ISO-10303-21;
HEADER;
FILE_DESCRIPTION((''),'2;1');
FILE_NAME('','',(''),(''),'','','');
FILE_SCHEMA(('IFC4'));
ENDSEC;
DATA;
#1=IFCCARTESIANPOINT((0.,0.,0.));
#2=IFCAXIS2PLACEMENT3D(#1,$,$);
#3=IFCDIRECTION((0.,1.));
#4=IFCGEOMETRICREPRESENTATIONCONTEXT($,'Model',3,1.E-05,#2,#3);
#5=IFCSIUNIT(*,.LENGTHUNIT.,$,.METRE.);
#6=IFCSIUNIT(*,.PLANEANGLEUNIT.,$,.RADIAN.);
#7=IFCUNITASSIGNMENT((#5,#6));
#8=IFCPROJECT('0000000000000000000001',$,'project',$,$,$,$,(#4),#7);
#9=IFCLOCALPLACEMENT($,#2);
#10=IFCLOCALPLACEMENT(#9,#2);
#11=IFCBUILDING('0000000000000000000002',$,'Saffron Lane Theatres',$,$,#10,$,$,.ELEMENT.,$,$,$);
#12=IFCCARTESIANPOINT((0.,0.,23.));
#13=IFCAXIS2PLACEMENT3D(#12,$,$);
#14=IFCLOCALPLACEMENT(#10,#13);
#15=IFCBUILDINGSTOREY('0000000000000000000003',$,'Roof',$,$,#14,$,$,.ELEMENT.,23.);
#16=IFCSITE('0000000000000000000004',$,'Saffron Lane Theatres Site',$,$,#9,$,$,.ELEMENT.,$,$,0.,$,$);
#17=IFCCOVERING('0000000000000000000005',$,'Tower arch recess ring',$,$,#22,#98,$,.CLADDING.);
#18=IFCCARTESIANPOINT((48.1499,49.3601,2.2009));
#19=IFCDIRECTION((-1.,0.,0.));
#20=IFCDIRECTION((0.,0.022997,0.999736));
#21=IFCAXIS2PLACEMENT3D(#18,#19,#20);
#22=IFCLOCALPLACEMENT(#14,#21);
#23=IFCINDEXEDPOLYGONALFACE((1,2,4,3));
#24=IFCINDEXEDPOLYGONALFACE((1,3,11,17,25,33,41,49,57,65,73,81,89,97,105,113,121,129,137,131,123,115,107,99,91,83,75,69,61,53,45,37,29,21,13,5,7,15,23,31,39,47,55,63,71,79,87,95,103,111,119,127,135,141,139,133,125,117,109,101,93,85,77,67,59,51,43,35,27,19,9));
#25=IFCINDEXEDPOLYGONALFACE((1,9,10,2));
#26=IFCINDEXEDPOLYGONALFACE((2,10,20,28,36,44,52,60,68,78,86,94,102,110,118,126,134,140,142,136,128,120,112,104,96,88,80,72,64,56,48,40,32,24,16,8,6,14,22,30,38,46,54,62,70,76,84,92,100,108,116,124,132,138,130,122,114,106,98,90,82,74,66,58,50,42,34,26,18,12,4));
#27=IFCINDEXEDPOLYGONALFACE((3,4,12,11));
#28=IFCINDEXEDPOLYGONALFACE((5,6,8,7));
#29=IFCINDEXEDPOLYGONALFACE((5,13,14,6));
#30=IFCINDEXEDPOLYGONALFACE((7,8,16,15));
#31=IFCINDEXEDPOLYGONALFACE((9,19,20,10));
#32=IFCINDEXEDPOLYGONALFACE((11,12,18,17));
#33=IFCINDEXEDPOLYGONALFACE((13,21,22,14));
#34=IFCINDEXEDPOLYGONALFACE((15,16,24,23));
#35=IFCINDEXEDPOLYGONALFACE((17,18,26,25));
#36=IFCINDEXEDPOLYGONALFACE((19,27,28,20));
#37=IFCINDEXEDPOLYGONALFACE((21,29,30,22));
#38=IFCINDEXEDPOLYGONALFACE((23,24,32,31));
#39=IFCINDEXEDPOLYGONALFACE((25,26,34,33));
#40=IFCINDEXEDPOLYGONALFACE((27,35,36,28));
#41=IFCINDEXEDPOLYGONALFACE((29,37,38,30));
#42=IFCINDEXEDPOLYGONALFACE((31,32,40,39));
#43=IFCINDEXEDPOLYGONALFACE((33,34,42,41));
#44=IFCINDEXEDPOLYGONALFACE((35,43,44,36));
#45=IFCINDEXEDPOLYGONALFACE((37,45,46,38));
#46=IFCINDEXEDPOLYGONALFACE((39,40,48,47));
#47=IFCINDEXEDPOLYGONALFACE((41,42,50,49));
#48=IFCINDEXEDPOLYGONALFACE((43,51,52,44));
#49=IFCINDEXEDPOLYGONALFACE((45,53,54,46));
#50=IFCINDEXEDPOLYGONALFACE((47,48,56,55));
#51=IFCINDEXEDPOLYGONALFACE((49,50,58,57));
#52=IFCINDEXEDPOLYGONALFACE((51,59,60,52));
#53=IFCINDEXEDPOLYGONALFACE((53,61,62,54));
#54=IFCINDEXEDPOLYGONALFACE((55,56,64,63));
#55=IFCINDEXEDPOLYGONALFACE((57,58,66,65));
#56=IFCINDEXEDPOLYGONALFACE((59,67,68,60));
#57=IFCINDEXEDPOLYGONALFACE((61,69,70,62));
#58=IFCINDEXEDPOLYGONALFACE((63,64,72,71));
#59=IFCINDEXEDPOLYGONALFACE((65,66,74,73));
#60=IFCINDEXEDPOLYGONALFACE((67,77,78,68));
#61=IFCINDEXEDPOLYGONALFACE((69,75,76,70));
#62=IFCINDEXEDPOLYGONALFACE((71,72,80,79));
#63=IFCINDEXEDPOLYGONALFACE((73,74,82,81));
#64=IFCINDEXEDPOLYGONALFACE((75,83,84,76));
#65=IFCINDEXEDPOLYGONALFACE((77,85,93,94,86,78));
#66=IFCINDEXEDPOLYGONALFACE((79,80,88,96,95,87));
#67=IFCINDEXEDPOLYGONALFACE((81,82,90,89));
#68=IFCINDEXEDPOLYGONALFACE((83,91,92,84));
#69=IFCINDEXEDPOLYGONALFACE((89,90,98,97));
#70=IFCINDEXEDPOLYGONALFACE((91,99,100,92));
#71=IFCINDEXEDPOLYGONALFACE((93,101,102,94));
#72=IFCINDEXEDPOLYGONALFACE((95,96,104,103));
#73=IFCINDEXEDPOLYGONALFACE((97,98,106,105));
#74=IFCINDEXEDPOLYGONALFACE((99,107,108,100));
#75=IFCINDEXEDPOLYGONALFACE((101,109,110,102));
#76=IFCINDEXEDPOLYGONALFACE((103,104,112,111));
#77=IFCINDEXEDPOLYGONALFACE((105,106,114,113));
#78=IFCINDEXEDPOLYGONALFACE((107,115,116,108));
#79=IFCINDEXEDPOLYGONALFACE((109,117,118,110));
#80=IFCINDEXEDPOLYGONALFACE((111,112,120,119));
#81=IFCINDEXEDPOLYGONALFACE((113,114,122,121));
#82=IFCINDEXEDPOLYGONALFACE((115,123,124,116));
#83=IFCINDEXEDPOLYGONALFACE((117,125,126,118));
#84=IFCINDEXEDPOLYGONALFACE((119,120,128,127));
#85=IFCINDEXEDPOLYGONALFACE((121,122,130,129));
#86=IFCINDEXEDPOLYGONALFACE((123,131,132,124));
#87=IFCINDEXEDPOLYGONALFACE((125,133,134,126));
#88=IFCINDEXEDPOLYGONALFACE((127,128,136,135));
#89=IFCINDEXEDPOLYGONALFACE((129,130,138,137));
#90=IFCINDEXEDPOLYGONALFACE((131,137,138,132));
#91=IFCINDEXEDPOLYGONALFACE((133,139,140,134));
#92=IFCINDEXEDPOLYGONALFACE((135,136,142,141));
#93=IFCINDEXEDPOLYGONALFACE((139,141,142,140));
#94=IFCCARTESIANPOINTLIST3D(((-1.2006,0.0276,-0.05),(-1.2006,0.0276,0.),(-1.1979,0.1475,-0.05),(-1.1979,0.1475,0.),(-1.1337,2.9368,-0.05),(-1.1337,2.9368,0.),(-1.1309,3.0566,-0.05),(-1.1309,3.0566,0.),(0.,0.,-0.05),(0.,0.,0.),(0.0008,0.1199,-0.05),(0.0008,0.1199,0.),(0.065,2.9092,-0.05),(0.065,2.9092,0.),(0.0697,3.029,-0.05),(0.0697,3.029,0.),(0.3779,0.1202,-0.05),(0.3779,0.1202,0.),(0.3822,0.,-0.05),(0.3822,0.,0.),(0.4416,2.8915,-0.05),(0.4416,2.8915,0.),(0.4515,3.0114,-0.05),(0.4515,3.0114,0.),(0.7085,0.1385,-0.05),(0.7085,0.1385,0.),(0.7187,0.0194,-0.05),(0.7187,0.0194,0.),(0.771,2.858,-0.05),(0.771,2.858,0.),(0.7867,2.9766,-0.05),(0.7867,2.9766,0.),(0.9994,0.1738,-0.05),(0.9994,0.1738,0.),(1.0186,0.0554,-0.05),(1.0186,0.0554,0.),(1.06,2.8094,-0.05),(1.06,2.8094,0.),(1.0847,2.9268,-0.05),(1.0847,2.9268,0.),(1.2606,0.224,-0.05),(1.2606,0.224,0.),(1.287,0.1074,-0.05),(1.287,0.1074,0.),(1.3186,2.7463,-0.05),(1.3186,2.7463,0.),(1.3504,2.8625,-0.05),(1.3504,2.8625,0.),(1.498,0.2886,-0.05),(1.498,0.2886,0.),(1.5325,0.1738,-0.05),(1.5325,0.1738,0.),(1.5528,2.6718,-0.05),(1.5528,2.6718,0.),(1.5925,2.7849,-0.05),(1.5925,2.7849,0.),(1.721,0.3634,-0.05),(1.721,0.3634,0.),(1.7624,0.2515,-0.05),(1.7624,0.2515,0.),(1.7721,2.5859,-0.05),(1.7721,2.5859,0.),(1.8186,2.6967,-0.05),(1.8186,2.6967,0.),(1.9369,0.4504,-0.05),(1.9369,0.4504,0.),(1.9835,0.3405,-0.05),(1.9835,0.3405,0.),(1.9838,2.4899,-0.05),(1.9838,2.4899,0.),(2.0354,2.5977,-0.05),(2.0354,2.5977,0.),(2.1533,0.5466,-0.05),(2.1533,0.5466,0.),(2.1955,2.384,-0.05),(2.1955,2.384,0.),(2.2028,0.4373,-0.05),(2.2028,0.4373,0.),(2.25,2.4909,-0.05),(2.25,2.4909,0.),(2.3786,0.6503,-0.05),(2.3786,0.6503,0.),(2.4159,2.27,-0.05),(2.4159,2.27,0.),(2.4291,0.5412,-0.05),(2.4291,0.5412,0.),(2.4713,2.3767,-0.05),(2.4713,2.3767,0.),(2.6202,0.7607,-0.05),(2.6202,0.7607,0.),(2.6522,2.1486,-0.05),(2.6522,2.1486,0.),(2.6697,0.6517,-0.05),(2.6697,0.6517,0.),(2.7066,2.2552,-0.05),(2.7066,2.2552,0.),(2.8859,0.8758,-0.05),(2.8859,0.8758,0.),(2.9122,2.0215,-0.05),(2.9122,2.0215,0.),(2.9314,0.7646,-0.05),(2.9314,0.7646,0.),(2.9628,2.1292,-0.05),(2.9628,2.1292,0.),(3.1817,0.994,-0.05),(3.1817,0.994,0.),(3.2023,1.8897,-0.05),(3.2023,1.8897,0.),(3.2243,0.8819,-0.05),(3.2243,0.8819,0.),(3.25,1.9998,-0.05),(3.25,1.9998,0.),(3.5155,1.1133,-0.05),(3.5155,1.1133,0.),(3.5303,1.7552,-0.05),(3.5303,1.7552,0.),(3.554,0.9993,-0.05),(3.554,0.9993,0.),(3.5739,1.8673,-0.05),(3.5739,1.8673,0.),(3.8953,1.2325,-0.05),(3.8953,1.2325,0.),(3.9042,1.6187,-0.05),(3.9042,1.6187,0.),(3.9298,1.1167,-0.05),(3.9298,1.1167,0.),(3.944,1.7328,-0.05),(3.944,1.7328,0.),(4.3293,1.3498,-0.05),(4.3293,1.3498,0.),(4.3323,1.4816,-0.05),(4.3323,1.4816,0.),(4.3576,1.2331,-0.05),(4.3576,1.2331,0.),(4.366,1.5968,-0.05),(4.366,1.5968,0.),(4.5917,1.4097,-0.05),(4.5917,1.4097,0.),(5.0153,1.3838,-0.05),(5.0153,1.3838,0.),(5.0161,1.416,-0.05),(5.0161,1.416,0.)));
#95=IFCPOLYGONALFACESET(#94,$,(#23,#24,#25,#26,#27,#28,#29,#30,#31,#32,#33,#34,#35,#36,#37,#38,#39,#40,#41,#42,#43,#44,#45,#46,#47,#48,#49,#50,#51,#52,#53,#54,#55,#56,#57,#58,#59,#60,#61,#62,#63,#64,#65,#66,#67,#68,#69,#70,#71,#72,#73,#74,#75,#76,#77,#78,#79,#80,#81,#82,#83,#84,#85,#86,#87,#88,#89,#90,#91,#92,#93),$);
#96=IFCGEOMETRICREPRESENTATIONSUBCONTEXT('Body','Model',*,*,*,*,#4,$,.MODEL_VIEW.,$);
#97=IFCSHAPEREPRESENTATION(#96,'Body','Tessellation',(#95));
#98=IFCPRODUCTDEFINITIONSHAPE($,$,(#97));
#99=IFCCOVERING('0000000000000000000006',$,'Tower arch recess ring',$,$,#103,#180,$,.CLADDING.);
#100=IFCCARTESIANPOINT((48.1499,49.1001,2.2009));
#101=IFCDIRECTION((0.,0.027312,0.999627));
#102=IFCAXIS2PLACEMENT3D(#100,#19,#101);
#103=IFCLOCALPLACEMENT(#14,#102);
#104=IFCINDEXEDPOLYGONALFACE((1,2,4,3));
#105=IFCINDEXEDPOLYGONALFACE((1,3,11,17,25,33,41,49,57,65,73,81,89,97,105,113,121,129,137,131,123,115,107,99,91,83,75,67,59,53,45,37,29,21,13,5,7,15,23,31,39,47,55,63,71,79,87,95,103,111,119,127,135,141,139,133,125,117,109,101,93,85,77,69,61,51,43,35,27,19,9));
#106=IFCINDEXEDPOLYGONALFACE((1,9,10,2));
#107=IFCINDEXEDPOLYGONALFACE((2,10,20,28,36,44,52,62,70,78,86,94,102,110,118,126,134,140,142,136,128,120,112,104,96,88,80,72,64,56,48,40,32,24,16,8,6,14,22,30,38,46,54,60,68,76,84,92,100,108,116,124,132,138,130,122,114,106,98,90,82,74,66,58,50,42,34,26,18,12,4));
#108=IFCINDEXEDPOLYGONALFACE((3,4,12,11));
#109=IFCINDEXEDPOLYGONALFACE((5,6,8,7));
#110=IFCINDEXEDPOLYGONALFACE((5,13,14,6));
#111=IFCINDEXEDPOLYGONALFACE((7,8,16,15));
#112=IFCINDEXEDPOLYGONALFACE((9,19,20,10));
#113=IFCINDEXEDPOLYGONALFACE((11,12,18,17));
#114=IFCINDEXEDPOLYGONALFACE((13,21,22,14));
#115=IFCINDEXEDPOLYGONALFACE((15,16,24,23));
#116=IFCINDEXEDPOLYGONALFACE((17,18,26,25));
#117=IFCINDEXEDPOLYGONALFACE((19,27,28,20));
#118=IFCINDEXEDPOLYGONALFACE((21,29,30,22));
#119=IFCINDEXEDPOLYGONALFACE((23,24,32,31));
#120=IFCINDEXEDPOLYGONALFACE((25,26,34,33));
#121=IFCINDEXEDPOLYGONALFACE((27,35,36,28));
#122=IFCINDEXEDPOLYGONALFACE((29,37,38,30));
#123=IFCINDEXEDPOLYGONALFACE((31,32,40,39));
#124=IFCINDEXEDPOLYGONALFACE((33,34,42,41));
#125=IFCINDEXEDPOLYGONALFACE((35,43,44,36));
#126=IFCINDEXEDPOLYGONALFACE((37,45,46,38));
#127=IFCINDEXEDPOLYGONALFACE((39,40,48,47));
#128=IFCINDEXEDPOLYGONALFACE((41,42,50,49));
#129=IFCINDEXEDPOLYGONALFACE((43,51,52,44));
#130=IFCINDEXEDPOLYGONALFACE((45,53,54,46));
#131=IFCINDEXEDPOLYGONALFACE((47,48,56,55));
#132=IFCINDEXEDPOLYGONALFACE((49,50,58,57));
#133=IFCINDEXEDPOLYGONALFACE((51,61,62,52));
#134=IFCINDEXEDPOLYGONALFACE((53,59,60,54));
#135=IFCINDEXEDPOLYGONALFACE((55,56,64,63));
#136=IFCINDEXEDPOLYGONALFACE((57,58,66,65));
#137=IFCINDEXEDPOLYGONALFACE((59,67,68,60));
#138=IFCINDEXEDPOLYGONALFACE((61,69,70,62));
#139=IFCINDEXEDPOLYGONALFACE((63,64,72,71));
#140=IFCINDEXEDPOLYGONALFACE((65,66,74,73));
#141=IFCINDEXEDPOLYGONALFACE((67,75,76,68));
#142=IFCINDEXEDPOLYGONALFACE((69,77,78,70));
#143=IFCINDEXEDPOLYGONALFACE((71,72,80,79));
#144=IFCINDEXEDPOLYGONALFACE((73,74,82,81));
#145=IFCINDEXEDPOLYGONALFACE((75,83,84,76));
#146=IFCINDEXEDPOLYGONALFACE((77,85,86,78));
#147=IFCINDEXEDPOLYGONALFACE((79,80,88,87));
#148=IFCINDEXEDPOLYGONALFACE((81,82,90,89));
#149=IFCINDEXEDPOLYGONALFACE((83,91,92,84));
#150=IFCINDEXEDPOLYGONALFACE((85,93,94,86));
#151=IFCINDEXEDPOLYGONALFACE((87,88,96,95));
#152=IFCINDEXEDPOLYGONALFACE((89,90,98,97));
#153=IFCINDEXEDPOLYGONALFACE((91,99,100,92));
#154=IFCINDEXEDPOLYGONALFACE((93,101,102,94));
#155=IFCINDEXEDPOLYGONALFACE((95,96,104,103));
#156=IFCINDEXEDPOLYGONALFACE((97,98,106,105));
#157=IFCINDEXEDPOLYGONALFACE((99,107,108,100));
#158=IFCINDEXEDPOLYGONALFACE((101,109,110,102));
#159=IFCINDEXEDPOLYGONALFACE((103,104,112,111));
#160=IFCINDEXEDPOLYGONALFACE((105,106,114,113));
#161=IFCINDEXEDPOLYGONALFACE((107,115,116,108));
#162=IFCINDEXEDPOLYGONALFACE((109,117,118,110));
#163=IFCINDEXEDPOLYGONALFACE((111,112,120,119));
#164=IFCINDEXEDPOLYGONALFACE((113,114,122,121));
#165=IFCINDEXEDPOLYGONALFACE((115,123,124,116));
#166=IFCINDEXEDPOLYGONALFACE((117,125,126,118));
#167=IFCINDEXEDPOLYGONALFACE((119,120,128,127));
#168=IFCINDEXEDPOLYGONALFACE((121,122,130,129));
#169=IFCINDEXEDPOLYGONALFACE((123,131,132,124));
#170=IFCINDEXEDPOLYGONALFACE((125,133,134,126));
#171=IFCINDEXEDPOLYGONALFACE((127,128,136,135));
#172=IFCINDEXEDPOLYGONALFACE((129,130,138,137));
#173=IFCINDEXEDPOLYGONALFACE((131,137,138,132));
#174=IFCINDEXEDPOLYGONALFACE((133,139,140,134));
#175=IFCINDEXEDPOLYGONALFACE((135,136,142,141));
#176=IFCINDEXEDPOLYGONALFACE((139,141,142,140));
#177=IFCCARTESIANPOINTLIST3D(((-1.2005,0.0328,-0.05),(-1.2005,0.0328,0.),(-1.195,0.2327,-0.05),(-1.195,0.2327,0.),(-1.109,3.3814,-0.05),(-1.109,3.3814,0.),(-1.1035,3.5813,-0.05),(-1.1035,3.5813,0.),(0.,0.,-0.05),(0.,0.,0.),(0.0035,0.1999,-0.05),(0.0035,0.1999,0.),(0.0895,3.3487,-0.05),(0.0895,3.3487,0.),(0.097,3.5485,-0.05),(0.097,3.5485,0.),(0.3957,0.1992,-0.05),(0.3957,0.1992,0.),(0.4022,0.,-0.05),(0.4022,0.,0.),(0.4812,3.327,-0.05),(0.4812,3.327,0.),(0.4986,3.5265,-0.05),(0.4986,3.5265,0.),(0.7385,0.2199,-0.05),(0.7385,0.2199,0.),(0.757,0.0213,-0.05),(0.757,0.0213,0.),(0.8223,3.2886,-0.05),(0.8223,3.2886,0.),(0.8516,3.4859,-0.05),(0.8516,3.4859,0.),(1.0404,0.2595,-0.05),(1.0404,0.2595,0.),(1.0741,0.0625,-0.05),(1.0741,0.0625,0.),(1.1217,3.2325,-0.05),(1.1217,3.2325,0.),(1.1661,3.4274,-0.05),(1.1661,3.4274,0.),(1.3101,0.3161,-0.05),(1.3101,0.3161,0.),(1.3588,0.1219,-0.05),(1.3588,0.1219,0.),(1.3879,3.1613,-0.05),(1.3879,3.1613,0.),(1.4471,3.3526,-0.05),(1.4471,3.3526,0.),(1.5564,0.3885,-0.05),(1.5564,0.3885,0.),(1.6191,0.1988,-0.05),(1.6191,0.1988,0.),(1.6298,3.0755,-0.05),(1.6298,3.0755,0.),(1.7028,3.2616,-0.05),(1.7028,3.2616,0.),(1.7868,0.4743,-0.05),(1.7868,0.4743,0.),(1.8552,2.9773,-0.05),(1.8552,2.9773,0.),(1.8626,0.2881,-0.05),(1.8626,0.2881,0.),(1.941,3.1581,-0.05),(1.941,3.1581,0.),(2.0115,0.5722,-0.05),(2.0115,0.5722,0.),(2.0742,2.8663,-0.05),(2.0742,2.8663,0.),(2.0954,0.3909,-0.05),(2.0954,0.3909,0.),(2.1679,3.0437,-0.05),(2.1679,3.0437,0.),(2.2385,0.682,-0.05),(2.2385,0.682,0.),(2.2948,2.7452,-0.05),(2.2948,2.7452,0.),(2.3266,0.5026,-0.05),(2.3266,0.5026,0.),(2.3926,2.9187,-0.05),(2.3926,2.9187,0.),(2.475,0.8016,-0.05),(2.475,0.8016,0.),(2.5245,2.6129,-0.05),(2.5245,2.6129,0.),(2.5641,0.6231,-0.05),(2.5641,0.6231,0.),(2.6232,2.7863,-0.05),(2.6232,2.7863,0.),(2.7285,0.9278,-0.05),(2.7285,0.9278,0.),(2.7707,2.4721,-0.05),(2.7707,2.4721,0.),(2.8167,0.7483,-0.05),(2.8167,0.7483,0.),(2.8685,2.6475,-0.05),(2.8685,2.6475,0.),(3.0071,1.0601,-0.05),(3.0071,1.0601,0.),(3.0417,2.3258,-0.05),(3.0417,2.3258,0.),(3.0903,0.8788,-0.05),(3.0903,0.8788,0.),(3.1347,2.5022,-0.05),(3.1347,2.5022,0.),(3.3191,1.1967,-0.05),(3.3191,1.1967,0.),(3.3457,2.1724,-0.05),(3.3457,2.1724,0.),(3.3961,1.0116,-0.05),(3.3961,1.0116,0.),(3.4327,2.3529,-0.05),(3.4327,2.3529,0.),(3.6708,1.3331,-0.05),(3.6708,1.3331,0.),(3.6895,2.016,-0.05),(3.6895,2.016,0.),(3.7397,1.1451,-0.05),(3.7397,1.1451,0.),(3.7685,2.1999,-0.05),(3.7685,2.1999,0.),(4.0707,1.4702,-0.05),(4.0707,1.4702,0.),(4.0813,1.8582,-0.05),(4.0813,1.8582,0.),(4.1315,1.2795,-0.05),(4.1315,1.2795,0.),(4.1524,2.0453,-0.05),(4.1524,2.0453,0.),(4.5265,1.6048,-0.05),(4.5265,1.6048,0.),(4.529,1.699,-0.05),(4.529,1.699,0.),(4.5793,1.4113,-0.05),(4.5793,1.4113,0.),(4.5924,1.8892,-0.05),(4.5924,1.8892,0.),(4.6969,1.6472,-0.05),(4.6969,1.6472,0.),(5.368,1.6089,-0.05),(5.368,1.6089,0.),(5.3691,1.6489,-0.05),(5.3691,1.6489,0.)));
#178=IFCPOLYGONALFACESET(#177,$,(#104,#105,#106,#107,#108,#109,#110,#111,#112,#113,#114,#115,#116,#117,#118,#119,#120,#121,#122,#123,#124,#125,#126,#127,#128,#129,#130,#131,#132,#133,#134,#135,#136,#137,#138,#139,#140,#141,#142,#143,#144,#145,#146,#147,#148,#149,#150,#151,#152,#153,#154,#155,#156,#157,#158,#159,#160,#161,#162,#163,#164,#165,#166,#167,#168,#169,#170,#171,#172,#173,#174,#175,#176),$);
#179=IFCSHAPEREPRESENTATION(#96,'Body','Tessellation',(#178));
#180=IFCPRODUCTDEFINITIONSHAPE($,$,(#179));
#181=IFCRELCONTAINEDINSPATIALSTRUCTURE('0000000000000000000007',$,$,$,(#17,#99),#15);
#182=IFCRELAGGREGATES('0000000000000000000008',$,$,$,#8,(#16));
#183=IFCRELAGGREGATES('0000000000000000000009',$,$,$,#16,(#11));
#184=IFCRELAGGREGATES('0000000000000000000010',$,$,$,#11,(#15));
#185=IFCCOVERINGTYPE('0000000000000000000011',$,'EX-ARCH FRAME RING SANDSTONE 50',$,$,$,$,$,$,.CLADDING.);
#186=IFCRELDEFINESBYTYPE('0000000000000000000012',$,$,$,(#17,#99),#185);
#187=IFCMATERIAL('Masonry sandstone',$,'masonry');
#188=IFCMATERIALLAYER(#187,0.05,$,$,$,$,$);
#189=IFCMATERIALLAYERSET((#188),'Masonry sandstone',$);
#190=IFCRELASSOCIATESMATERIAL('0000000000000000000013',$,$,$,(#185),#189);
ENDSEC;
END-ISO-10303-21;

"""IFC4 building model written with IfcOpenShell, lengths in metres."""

from ifc_helpers import new_model, si_unit, direction, frame, origin, place, context, subcontext, project, spatial, polyline, outline, extrude, material, layer, layer_set, type_object, element, save


model = new_model("IFC4")

# Units and contexts
model_context = context("Model", 3, precision=1e-05, world=origin(), true_north=direction((0.0, 1.0)))
body_context = subcontext(model_context, "Body", "Model", "MODEL_VIEW")
ifc_project = project(units=[si_unit("LENGTHUNIT", "METRE"), si_unit("PLANEANGLEUNIT", "RADIAN")], contexts=[model_context])

# Site, building, storey
site_placement = place(None, origin())
site = spatial("IfcSite", under=ifc_project, at=site_placement, Name="Saffron Lane Theatres Site", CompositionType="ELEMENT", RefElevation=0.0)
building_placement = place(site_placement, origin())
building = spatial("IfcBuilding", under=site, at=building_placement, Name="Saffron Lane Theatres", CompositionType="ELEMENT")
storey_placement = place(building_placement, frame((0.0, 0.0, 23.0)))
storey = spatial("IfcBuildingStorey", under=building, at=storey_placement, Name="Roof", CompositionType="ELEMENT", Elevation=23.0)

# Coverings
ifc_material_1 = material(Name="Masonry sandstone", Category="masonry")
ifc_layer_1 = layer(ifc_material_1, 0.05)
ifc_layer_set_1 = layer_set([ifc_layer_1], Name="Masonry sandstone")
covering_type_1 = type_object("IfcCoveringType", Name="EX-ARCH FRAME RING SANDSTONE 50", PredefinedType="CLADDING", material=ifc_layer_set_1)
covering_1_placement = place(storey_placement, frame((48.1499, 49.3601, 2.2009), z_axis=(-1.0, 0.0, 0.0), x_axis=(0.0, 0.022997, 0.999736)))
element("IfcCovering", 1, at=covering_1_placement, inside=storey, type_object=covering_type_1, Name="Tower arch recess ring", PredefinedType="CLADDING", context=body_context, shape_type="SweptSolid", body=[
    extrude(outline(polyline([(0.0, 0.0), (0.3822, 0.0), (0.7187, 0.0194), (1.0186, 0.0554), (1.287, 0.1074), (1.5325, 0.1738), (1.7624, 0.2515), (1.9835, 0.3405), (2.2028, 0.4373), (2.4291, 0.5412), (2.6697, 0.6517), (2.9314, 0.7646), (3.2243, 0.8819), (3.554, 0.9993), (3.9298, 1.1167), (4.3576, 1.2331), (5.0153, 1.3838), (5.0161, 1.416), (4.366, 1.5968), (3.944, 1.7328), (3.5739, 1.8673), (3.25, 1.9998), (2.9628, 2.1292), (2.7066, 2.2552), (2.4713, 2.3767), (2.25, 2.4909), (2.0354, 2.5977), (1.8186, 2.6967), (1.5925, 2.7849), (1.3504, 2.8625), (1.0847, 2.9268), (0.7867, 2.9766), (0.4515, 3.0114), (0.0697, 3.029), (-1.1309, 3.0566), (-1.1337, 2.9368), (0.065, 2.9092), (0.4416, 2.8915), (0.771, 2.858), (1.06, 2.8094), (1.3186, 2.7463), (1.5528, 2.6718), (1.7721, 2.5859), (1.9838, 2.4899), (2.1955, 2.384), (2.4159, 2.27), (2.6522, 2.1486), (2.9122, 2.0215), (3.2023, 1.8897), (3.5303, 1.7552), (3.9042, 1.6187), (4.3323, 1.4816), (4.5917, 1.4097), (4.3293, 1.3498), (3.8953, 1.2325), (3.5155, 1.1133), (3.1817, 0.994), (2.8859, 0.8758), (2.6202, 0.7607), (2.3786, 0.6503), (2.1533, 0.5466), (1.9369, 0.4504), (1.721, 0.3634), (1.498, 0.2886), (1.2606, 0.224), (0.9994, 0.1738), (0.7085, 0.1385), (0.3779, 0.1202), (0.0008, 0.1199), (-1.1979, 0.1475), (-1.2006, 0.0276), (0.0, 0.0)])), origin(), (0.0, 0.0, -1.0), 0.05),
])
covering_2_placement = place(storey_placement, frame((48.1499, 49.1001, 2.2009), z_axis=(-1.0, 0.0, 0.0), x_axis=(0.0, 0.027312, 0.999627)))
element("IfcCovering", 2, at=covering_2_placement, inside=storey, type_object=covering_type_1, Name="Tower arch recess ring", PredefinedType="CLADDING", context=body_context, shape_type="SweptSolid", body=[
    extrude(outline(polyline([(0.0, 0.0), (0.4022, 0.0), (0.757, 0.0213), (1.0741, 0.0625), (1.3588, 0.1219), (1.6191, 0.1988), (1.8626, 0.2881), (2.0954, 0.3909), (2.3266, 0.5026), (2.5641, 0.6231), (2.8167, 0.7483), (3.0903, 0.8788), (3.3961, 1.0116), (3.7397, 1.1451), (4.1315, 1.2795), (4.5793, 1.4113), (5.368, 1.6089), (5.3691, 1.6489), (4.5924, 1.8892), (4.1524, 2.0453), (3.7685, 2.1999), (3.4327, 2.3529), (3.1347, 2.5022), (2.8685, 2.6475), (2.6232, 2.7863), (2.3926, 2.9187), (2.1679, 3.0437), (1.941, 3.1581), (1.7028, 3.2616), (1.4471, 3.3526), (1.1661, 3.4274), (0.8516, 3.4859), (0.4986, 3.5265), (0.097, 3.5485), (-1.1035, 3.5813), (-1.109, 3.3814), (0.0895, 3.3487), (0.4812, 3.327), (0.8223, 3.2886), (1.1217, 3.2325), (1.3879, 3.1613), (1.6298, 3.0755), (1.8552, 2.9773), (2.0742, 2.8663), (2.2948, 2.7452), (2.5245, 2.6129), (2.7707, 2.4721), (3.0417, 2.3258), (3.3457, 2.1724), (3.6895, 2.016), (4.0813, 1.8582), (4.529, 1.699), (4.6969, 1.6472), (4.5265, 1.6048), (4.0707, 1.4702), (3.6708, 1.3331), (3.3191, 1.1967), (3.0071, 1.0601), (2.7285, 0.9278), (2.475, 0.8016), (2.2385, 0.682), (2.0115, 0.5722), (1.7868, 0.4743), (1.5564, 0.3885), (1.3101, 0.3161), (1.0404, 0.2595), (0.7385, 0.2199), (0.3957, 0.1992), (0.0035, 0.1999), (-1.195, 0.2327), (-1.2005, 0.0328), (0.0, 0.0)])), origin(), (0.0, 0.0, -1.0), 0.05),
])

save(model, "model.ifc")
